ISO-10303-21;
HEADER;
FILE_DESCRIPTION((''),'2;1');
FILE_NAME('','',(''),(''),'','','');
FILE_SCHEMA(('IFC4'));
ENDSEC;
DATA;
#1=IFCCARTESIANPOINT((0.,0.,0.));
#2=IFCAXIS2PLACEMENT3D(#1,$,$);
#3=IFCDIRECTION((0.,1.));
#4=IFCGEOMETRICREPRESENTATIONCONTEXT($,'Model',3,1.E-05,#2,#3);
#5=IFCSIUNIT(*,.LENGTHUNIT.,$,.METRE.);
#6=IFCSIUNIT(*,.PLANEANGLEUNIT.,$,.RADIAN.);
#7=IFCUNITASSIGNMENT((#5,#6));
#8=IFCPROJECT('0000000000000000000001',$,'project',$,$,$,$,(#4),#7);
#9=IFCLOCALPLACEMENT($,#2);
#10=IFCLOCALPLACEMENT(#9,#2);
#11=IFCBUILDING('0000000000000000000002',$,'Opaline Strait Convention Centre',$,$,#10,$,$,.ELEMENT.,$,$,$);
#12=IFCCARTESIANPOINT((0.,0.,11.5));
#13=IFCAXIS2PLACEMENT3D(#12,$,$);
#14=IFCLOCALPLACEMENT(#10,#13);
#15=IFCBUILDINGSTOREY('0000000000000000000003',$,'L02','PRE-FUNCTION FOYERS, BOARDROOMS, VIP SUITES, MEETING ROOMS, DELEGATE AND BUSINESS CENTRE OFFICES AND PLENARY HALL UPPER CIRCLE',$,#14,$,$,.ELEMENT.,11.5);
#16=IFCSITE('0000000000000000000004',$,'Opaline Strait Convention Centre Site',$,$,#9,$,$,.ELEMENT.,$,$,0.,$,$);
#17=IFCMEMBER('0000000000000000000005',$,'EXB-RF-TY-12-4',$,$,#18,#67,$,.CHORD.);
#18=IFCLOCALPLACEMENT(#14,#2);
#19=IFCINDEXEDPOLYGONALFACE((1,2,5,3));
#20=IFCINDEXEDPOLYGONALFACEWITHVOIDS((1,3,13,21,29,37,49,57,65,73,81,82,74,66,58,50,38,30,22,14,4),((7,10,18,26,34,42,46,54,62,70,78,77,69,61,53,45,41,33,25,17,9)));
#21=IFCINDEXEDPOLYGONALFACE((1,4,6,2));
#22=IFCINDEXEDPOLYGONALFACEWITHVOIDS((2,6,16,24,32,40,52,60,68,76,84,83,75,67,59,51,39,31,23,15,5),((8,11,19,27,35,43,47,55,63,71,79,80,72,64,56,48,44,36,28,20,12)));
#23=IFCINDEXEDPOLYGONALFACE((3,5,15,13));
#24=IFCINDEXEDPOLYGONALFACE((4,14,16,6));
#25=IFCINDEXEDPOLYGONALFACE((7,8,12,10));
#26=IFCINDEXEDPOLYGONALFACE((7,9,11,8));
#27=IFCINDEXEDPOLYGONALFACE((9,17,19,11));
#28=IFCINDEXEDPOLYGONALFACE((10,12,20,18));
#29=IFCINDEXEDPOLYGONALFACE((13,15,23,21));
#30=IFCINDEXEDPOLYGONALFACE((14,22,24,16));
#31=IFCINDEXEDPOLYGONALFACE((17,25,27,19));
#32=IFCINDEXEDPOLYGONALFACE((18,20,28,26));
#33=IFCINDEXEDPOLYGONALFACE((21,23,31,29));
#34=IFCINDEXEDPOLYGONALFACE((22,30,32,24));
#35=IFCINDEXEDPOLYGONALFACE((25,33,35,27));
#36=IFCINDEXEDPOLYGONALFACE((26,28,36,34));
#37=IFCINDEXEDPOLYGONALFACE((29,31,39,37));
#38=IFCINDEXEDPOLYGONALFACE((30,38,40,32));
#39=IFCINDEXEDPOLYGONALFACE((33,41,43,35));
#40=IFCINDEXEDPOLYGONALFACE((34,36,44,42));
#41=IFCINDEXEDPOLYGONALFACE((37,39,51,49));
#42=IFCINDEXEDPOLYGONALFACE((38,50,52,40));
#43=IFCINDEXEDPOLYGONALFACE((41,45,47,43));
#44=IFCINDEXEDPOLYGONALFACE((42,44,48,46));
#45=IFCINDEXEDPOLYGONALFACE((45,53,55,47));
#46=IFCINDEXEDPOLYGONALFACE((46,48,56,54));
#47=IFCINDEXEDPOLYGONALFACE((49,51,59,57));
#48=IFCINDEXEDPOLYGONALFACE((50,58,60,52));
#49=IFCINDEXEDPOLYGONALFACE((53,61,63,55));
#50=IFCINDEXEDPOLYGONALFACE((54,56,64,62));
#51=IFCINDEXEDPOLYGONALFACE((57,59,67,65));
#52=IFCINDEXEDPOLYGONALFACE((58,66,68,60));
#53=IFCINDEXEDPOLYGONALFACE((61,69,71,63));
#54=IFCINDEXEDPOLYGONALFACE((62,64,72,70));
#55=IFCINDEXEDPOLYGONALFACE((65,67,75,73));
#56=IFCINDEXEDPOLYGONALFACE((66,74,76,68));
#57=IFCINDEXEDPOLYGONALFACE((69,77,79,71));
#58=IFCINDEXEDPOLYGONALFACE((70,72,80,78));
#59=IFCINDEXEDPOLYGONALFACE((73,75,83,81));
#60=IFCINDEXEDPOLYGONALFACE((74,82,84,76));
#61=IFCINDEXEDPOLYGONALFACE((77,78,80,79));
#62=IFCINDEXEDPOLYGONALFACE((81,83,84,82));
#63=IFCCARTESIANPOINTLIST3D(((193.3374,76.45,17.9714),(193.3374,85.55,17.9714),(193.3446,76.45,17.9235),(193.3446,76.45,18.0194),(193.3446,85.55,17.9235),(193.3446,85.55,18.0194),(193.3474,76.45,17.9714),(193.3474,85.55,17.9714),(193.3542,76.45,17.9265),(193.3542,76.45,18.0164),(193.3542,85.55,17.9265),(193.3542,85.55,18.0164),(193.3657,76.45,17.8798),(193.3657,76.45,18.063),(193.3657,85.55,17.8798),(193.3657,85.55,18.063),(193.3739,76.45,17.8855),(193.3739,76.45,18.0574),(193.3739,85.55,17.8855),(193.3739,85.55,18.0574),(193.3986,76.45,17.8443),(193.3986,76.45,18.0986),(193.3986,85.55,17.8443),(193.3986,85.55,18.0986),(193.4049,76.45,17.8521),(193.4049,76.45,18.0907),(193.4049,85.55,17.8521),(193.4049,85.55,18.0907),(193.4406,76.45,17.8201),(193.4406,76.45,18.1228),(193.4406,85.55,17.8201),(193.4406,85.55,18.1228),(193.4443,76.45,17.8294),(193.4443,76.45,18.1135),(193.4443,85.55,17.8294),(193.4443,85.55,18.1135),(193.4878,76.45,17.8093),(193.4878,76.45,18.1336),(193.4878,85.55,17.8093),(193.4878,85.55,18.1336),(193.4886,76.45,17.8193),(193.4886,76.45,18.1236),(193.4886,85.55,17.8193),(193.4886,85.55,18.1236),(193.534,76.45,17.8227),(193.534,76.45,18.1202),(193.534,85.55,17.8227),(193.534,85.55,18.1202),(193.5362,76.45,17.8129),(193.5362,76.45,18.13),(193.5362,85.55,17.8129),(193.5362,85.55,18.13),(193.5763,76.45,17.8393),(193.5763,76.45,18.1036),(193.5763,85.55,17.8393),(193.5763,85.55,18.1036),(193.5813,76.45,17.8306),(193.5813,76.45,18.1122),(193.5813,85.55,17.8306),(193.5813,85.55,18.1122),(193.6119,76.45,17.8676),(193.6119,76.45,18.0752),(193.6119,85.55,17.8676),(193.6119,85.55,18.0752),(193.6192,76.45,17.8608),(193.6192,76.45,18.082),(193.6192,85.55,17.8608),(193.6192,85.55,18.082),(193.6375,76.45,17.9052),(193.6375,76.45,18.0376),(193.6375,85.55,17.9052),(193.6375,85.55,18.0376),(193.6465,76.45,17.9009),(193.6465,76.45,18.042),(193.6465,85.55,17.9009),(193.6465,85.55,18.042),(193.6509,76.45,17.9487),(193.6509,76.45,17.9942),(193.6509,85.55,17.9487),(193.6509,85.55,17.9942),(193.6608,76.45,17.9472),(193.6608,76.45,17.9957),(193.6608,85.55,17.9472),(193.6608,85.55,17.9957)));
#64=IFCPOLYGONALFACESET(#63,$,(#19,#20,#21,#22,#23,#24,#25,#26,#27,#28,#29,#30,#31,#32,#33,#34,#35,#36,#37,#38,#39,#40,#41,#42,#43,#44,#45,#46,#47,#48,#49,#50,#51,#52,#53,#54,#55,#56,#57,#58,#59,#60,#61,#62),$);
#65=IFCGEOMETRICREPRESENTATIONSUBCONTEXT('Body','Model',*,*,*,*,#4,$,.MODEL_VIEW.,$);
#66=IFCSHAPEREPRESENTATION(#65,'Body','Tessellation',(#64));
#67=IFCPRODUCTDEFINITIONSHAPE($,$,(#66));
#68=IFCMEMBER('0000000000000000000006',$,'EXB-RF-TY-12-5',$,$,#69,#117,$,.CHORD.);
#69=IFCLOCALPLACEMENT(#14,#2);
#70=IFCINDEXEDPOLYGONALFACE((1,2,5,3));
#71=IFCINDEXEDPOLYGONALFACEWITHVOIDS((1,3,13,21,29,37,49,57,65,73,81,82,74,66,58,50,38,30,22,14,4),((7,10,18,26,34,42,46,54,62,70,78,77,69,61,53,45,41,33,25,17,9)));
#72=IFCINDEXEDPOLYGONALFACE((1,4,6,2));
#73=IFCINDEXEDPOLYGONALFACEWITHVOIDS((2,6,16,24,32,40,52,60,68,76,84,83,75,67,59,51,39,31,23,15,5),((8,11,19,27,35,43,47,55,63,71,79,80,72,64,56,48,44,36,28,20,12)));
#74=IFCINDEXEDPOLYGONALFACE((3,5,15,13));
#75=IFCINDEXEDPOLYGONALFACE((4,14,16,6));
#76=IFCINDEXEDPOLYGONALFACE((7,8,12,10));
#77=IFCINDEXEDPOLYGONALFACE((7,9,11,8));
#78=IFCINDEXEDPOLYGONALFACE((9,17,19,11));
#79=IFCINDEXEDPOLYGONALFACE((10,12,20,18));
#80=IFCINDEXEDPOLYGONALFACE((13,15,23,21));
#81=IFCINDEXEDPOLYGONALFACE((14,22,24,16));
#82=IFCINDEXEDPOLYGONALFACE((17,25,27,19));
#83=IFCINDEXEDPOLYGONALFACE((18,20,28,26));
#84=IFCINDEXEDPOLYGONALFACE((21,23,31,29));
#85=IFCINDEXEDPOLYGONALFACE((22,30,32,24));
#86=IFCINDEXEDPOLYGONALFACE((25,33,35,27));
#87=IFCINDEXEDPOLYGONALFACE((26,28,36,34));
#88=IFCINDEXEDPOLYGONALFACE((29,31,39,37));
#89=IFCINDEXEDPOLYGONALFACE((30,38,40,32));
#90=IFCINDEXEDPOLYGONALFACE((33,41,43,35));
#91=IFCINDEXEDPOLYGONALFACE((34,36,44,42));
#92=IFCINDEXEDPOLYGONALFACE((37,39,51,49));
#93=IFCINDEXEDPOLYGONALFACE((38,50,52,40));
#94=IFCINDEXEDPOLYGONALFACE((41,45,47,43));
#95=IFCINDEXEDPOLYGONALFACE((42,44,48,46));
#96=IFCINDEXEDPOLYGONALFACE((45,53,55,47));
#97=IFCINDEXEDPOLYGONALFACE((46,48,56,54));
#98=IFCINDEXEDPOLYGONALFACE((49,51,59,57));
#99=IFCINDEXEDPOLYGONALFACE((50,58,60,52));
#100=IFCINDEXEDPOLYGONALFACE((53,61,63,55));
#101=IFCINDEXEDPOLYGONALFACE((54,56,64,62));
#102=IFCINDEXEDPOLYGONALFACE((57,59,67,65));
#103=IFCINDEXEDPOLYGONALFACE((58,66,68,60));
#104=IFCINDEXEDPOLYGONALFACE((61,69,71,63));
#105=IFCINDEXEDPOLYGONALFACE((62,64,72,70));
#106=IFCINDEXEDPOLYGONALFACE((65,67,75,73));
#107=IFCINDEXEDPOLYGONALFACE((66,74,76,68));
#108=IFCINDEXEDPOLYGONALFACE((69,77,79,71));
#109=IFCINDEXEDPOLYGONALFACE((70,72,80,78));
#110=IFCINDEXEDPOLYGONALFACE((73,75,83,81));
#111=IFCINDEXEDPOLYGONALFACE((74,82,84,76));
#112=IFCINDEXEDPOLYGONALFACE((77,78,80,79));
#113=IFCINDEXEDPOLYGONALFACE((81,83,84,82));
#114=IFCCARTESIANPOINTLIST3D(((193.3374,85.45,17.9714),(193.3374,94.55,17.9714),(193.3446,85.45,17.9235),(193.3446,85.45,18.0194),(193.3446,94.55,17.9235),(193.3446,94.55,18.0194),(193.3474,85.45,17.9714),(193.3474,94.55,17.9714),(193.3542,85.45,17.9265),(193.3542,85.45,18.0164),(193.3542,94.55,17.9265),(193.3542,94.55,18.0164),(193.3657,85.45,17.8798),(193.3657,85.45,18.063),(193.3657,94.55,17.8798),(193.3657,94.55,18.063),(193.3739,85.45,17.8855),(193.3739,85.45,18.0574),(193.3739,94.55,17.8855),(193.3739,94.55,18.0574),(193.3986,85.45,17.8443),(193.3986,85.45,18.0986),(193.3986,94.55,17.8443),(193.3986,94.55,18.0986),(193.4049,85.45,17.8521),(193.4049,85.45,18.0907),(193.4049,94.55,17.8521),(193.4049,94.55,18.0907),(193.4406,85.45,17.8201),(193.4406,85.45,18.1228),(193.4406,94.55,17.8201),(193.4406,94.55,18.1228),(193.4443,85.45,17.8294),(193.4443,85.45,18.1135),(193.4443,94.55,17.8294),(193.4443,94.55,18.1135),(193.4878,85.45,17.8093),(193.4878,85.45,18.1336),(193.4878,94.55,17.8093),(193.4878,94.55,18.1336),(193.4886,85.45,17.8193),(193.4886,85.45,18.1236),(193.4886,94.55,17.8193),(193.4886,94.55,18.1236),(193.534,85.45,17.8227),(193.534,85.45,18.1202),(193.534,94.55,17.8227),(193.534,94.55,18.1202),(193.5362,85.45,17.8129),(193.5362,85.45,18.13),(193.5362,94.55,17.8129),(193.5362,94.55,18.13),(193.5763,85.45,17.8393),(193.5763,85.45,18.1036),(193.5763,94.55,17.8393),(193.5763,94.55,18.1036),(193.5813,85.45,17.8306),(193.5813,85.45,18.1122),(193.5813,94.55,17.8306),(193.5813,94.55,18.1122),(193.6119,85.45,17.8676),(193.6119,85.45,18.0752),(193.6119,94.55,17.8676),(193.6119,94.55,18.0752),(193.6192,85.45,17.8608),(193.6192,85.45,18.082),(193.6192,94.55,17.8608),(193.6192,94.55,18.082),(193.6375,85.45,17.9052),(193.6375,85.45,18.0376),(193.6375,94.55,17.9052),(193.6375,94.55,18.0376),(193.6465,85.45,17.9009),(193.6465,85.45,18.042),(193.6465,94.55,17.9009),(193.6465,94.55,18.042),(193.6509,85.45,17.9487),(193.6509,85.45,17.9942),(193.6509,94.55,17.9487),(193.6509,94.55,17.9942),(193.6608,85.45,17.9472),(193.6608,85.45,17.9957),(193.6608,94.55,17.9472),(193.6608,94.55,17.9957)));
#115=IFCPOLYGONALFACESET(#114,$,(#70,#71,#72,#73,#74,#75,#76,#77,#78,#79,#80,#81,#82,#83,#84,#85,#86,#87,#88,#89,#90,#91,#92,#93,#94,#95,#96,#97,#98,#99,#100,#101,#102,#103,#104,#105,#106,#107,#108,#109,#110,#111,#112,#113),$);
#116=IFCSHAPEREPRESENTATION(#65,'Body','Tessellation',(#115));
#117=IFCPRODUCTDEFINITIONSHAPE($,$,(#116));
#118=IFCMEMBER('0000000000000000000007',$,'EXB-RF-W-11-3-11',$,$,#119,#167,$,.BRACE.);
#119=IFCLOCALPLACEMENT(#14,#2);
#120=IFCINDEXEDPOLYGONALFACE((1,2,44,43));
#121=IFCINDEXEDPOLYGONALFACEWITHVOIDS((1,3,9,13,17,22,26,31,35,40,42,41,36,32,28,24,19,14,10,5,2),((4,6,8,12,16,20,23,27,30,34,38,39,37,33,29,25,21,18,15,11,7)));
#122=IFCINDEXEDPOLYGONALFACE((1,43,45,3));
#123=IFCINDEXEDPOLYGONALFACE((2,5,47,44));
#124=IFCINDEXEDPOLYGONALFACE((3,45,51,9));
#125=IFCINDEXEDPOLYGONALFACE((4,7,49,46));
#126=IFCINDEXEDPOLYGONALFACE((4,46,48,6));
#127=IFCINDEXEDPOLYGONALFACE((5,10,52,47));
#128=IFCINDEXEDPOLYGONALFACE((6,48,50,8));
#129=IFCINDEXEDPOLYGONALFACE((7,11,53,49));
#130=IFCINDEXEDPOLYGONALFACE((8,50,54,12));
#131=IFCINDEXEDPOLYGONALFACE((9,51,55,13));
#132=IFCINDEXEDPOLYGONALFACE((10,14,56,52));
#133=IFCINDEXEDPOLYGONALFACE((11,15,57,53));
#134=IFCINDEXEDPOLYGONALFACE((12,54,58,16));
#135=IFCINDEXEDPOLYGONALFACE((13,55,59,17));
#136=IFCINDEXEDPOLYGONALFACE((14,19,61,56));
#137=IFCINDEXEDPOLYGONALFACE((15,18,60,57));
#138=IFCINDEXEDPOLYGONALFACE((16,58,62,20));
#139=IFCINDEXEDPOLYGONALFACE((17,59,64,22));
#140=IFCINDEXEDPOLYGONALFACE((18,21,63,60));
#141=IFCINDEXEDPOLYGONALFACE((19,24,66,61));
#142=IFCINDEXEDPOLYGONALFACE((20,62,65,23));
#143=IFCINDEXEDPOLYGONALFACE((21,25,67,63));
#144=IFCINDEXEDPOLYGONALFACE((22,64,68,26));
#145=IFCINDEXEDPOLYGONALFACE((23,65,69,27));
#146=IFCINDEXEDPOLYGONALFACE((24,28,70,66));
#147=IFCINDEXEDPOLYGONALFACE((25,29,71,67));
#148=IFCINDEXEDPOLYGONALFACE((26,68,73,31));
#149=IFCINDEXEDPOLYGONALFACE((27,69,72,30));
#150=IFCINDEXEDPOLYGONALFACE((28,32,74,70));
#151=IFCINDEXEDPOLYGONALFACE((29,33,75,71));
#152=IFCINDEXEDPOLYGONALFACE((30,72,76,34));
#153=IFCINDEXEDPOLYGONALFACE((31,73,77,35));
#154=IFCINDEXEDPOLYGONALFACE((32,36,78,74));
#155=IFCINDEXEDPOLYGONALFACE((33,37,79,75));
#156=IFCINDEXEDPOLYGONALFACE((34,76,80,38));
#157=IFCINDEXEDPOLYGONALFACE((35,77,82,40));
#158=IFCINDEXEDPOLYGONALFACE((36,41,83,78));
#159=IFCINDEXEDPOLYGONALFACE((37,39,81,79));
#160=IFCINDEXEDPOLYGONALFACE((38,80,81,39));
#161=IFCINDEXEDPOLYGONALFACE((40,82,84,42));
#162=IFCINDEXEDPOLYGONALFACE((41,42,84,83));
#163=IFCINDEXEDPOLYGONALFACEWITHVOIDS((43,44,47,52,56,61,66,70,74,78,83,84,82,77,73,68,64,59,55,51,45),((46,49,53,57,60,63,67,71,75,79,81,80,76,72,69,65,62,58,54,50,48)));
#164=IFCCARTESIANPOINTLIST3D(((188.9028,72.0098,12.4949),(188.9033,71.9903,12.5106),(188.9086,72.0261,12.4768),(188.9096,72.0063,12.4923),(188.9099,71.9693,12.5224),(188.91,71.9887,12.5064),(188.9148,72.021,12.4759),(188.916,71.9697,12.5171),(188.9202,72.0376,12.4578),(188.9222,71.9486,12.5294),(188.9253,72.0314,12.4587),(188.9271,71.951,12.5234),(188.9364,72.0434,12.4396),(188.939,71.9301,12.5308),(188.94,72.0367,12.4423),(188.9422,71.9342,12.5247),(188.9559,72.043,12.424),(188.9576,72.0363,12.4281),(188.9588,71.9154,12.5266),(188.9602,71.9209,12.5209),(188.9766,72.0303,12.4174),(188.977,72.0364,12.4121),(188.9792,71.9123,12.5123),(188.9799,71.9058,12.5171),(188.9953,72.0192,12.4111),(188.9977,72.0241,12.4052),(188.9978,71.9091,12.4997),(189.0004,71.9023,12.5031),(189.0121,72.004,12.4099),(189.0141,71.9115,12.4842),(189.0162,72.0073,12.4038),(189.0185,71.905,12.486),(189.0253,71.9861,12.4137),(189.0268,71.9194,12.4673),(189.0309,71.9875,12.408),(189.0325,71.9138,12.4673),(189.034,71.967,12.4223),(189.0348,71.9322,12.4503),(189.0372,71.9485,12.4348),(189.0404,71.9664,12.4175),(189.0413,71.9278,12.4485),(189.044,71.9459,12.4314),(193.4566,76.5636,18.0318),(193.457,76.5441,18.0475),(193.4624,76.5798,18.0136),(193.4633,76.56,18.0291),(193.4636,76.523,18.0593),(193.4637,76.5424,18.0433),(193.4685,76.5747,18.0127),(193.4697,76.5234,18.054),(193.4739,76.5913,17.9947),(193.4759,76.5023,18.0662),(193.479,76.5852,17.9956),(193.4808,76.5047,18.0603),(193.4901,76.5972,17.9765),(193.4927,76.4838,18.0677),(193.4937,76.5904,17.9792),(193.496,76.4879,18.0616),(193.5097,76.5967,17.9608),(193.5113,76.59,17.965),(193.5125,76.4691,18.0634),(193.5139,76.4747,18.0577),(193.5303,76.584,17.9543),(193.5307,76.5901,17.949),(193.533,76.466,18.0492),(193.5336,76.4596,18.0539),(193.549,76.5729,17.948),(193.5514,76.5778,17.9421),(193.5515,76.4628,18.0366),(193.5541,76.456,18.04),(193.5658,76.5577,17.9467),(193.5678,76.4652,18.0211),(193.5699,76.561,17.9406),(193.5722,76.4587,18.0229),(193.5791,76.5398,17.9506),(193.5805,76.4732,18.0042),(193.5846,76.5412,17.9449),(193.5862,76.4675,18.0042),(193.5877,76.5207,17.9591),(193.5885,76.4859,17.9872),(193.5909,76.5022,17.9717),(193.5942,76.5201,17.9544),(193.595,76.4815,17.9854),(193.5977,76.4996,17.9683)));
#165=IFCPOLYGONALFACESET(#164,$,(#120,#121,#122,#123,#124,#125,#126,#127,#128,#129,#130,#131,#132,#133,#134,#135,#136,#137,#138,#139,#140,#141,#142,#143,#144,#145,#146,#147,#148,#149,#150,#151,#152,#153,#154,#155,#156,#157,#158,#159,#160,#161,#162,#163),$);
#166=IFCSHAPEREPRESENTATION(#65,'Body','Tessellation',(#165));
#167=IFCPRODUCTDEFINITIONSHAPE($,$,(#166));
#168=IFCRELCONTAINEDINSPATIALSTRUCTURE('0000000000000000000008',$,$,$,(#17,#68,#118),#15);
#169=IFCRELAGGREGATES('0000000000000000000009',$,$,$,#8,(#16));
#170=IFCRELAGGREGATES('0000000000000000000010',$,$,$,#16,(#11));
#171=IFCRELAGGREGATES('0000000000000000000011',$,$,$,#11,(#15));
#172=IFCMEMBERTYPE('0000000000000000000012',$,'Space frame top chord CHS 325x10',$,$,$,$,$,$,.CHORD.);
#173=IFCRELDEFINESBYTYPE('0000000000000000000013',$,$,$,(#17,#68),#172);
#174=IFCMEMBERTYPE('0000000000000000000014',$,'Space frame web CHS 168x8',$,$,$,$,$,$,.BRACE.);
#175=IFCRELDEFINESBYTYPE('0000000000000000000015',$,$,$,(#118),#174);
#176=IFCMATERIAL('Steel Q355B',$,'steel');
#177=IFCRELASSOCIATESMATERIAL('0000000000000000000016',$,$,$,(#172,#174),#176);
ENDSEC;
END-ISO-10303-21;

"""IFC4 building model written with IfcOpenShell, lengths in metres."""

from ifc_helpers import new_model, si_unit, direction, frame, origin, origin_2d, place, context, subcontext, project, spatial, hollow_circle, extrude, material, material_profile, profile_set, type_object, element, save


model = new_model("IFC4")

# Units and contexts
model_context = context("Model", 3, precision=1e-05, world=origin(), true_north=direction((0.0, 1.0)))
body_context = subcontext(model_context, "Body", "Model", "MODEL_VIEW")
ifc_project = project(units=[si_unit("LENGTHUNIT", "METRE"), si_unit("PLANEANGLEUNIT", "RADIAN")], contexts=[model_context])

# Site, building, storey
site_placement = place(None, origin())
site = spatial("IfcSite", under=ifc_project, at=site_placement, Name="Opaline Strait Convention Centre Site", CompositionType="ELEMENT", RefElevation=0.0)
building_placement = place(site_placement, origin())
building = spatial("IfcBuilding", under=site, at=building_placement, Name="Opaline Strait Convention Centre", CompositionType="ELEMENT")
storey_placement = place(building_placement, frame((0.0, 0.0, 11.5)))
storey = spatial("IfcBuildingStorey", under=building, at=storey_placement, Name="L02", Description="PRE-FUNCTION FOYERS, BOARDROOMS, VIP SUITES, MEETING ROOMS, DELEGATE AND BUSINESS CENTRE OFFICES AND PLENARY HALL UPPER CIRCLE", CompositionType="ELEMENT", Elevation=11.5)

# Members
ifc_material_1 = material(Name="Steel Q355B", Category="steel")
ifc_material_profile_1 = material_profile(ifc_material_1, hollow_circle(Radius=0.1626, WallThickness=0.01, at=origin_2d()), Name="CHS 325x10")
ifc_profile_set_1 = profile_set([ifc_material_profile_1], Name="Steel Q355B")
member_type_1 = type_object("IfcMemberType", Name="Space frame top chord CHS 325x10", PredefinedType="CHORD", material=ifc_profile_set_1)
for number, where, z_axis, x_axis, name in (
    (1, (193.5, 76.45, 17.9714), (0.0, 1.0, 0.0), (-1.0, 0.0, 0.0), "EXB-RF-TY-12-4"),
    (2, (193.5, 85.45, 17.9714), (0.0, 1.0, 0.0), (-1.0, 0.0, 0.0), "EXB-RF-TY-12-5"),
):
    element("IfcMember", number, at=place(storey_placement, frame(where, z_axis=z_axis, x_axis=x_axis)), inside=storey, type_object=member_type_1, Name=name, PredefinedType="CHORD", context=body_context, shape_type="SweptSolid", body=[
        extrude(hollow_circle(Radius=0.1626, WallThickness=0.01, at=origin_2d()), origin(), (0.0, 0.0, 1.0), 9.1001),
    ])
ifc_material_profile_2 = material_profile(ifc_material_1, hollow_circle(Radius=0.084, WallThickness=0.0081, at=origin_2d()), Name="CHS 168x8")
ifc_profile_set_2 = profile_set([ifc_material_profile_2], Name="Steel Q355B")
member_type_2 = type_object("IfcMemberType", Name="Space frame web CHS 168x8", PredefinedType="BRACE", material=ifc_profile_set_2)
for number, where, z_axis, x_axis, name in (
    (3, (193.5269, 76.5269, 18.0042), (-0.536178, -0.536178, -0.65194), (0.707107, -0.707107, 0.0), "EXB-RF-W-11-3-11"),
):
    element("IfcMember", number, at=place(storey_placement, frame(where, z_axis=z_axis, x_axis=x_axis)), inside=storey, type_object=member_type_2, Name=name, PredefinedType="BRACE", context=body_context, shape_type="SweptSolid", body=[
        extrude(hollow_circle(Radius=0.084, WallThickness=0.0081, at=origin_2d()), origin(), (0.0, 0.0, 1.0), 8.4929),
    ])

save(model, "model.ifc")
